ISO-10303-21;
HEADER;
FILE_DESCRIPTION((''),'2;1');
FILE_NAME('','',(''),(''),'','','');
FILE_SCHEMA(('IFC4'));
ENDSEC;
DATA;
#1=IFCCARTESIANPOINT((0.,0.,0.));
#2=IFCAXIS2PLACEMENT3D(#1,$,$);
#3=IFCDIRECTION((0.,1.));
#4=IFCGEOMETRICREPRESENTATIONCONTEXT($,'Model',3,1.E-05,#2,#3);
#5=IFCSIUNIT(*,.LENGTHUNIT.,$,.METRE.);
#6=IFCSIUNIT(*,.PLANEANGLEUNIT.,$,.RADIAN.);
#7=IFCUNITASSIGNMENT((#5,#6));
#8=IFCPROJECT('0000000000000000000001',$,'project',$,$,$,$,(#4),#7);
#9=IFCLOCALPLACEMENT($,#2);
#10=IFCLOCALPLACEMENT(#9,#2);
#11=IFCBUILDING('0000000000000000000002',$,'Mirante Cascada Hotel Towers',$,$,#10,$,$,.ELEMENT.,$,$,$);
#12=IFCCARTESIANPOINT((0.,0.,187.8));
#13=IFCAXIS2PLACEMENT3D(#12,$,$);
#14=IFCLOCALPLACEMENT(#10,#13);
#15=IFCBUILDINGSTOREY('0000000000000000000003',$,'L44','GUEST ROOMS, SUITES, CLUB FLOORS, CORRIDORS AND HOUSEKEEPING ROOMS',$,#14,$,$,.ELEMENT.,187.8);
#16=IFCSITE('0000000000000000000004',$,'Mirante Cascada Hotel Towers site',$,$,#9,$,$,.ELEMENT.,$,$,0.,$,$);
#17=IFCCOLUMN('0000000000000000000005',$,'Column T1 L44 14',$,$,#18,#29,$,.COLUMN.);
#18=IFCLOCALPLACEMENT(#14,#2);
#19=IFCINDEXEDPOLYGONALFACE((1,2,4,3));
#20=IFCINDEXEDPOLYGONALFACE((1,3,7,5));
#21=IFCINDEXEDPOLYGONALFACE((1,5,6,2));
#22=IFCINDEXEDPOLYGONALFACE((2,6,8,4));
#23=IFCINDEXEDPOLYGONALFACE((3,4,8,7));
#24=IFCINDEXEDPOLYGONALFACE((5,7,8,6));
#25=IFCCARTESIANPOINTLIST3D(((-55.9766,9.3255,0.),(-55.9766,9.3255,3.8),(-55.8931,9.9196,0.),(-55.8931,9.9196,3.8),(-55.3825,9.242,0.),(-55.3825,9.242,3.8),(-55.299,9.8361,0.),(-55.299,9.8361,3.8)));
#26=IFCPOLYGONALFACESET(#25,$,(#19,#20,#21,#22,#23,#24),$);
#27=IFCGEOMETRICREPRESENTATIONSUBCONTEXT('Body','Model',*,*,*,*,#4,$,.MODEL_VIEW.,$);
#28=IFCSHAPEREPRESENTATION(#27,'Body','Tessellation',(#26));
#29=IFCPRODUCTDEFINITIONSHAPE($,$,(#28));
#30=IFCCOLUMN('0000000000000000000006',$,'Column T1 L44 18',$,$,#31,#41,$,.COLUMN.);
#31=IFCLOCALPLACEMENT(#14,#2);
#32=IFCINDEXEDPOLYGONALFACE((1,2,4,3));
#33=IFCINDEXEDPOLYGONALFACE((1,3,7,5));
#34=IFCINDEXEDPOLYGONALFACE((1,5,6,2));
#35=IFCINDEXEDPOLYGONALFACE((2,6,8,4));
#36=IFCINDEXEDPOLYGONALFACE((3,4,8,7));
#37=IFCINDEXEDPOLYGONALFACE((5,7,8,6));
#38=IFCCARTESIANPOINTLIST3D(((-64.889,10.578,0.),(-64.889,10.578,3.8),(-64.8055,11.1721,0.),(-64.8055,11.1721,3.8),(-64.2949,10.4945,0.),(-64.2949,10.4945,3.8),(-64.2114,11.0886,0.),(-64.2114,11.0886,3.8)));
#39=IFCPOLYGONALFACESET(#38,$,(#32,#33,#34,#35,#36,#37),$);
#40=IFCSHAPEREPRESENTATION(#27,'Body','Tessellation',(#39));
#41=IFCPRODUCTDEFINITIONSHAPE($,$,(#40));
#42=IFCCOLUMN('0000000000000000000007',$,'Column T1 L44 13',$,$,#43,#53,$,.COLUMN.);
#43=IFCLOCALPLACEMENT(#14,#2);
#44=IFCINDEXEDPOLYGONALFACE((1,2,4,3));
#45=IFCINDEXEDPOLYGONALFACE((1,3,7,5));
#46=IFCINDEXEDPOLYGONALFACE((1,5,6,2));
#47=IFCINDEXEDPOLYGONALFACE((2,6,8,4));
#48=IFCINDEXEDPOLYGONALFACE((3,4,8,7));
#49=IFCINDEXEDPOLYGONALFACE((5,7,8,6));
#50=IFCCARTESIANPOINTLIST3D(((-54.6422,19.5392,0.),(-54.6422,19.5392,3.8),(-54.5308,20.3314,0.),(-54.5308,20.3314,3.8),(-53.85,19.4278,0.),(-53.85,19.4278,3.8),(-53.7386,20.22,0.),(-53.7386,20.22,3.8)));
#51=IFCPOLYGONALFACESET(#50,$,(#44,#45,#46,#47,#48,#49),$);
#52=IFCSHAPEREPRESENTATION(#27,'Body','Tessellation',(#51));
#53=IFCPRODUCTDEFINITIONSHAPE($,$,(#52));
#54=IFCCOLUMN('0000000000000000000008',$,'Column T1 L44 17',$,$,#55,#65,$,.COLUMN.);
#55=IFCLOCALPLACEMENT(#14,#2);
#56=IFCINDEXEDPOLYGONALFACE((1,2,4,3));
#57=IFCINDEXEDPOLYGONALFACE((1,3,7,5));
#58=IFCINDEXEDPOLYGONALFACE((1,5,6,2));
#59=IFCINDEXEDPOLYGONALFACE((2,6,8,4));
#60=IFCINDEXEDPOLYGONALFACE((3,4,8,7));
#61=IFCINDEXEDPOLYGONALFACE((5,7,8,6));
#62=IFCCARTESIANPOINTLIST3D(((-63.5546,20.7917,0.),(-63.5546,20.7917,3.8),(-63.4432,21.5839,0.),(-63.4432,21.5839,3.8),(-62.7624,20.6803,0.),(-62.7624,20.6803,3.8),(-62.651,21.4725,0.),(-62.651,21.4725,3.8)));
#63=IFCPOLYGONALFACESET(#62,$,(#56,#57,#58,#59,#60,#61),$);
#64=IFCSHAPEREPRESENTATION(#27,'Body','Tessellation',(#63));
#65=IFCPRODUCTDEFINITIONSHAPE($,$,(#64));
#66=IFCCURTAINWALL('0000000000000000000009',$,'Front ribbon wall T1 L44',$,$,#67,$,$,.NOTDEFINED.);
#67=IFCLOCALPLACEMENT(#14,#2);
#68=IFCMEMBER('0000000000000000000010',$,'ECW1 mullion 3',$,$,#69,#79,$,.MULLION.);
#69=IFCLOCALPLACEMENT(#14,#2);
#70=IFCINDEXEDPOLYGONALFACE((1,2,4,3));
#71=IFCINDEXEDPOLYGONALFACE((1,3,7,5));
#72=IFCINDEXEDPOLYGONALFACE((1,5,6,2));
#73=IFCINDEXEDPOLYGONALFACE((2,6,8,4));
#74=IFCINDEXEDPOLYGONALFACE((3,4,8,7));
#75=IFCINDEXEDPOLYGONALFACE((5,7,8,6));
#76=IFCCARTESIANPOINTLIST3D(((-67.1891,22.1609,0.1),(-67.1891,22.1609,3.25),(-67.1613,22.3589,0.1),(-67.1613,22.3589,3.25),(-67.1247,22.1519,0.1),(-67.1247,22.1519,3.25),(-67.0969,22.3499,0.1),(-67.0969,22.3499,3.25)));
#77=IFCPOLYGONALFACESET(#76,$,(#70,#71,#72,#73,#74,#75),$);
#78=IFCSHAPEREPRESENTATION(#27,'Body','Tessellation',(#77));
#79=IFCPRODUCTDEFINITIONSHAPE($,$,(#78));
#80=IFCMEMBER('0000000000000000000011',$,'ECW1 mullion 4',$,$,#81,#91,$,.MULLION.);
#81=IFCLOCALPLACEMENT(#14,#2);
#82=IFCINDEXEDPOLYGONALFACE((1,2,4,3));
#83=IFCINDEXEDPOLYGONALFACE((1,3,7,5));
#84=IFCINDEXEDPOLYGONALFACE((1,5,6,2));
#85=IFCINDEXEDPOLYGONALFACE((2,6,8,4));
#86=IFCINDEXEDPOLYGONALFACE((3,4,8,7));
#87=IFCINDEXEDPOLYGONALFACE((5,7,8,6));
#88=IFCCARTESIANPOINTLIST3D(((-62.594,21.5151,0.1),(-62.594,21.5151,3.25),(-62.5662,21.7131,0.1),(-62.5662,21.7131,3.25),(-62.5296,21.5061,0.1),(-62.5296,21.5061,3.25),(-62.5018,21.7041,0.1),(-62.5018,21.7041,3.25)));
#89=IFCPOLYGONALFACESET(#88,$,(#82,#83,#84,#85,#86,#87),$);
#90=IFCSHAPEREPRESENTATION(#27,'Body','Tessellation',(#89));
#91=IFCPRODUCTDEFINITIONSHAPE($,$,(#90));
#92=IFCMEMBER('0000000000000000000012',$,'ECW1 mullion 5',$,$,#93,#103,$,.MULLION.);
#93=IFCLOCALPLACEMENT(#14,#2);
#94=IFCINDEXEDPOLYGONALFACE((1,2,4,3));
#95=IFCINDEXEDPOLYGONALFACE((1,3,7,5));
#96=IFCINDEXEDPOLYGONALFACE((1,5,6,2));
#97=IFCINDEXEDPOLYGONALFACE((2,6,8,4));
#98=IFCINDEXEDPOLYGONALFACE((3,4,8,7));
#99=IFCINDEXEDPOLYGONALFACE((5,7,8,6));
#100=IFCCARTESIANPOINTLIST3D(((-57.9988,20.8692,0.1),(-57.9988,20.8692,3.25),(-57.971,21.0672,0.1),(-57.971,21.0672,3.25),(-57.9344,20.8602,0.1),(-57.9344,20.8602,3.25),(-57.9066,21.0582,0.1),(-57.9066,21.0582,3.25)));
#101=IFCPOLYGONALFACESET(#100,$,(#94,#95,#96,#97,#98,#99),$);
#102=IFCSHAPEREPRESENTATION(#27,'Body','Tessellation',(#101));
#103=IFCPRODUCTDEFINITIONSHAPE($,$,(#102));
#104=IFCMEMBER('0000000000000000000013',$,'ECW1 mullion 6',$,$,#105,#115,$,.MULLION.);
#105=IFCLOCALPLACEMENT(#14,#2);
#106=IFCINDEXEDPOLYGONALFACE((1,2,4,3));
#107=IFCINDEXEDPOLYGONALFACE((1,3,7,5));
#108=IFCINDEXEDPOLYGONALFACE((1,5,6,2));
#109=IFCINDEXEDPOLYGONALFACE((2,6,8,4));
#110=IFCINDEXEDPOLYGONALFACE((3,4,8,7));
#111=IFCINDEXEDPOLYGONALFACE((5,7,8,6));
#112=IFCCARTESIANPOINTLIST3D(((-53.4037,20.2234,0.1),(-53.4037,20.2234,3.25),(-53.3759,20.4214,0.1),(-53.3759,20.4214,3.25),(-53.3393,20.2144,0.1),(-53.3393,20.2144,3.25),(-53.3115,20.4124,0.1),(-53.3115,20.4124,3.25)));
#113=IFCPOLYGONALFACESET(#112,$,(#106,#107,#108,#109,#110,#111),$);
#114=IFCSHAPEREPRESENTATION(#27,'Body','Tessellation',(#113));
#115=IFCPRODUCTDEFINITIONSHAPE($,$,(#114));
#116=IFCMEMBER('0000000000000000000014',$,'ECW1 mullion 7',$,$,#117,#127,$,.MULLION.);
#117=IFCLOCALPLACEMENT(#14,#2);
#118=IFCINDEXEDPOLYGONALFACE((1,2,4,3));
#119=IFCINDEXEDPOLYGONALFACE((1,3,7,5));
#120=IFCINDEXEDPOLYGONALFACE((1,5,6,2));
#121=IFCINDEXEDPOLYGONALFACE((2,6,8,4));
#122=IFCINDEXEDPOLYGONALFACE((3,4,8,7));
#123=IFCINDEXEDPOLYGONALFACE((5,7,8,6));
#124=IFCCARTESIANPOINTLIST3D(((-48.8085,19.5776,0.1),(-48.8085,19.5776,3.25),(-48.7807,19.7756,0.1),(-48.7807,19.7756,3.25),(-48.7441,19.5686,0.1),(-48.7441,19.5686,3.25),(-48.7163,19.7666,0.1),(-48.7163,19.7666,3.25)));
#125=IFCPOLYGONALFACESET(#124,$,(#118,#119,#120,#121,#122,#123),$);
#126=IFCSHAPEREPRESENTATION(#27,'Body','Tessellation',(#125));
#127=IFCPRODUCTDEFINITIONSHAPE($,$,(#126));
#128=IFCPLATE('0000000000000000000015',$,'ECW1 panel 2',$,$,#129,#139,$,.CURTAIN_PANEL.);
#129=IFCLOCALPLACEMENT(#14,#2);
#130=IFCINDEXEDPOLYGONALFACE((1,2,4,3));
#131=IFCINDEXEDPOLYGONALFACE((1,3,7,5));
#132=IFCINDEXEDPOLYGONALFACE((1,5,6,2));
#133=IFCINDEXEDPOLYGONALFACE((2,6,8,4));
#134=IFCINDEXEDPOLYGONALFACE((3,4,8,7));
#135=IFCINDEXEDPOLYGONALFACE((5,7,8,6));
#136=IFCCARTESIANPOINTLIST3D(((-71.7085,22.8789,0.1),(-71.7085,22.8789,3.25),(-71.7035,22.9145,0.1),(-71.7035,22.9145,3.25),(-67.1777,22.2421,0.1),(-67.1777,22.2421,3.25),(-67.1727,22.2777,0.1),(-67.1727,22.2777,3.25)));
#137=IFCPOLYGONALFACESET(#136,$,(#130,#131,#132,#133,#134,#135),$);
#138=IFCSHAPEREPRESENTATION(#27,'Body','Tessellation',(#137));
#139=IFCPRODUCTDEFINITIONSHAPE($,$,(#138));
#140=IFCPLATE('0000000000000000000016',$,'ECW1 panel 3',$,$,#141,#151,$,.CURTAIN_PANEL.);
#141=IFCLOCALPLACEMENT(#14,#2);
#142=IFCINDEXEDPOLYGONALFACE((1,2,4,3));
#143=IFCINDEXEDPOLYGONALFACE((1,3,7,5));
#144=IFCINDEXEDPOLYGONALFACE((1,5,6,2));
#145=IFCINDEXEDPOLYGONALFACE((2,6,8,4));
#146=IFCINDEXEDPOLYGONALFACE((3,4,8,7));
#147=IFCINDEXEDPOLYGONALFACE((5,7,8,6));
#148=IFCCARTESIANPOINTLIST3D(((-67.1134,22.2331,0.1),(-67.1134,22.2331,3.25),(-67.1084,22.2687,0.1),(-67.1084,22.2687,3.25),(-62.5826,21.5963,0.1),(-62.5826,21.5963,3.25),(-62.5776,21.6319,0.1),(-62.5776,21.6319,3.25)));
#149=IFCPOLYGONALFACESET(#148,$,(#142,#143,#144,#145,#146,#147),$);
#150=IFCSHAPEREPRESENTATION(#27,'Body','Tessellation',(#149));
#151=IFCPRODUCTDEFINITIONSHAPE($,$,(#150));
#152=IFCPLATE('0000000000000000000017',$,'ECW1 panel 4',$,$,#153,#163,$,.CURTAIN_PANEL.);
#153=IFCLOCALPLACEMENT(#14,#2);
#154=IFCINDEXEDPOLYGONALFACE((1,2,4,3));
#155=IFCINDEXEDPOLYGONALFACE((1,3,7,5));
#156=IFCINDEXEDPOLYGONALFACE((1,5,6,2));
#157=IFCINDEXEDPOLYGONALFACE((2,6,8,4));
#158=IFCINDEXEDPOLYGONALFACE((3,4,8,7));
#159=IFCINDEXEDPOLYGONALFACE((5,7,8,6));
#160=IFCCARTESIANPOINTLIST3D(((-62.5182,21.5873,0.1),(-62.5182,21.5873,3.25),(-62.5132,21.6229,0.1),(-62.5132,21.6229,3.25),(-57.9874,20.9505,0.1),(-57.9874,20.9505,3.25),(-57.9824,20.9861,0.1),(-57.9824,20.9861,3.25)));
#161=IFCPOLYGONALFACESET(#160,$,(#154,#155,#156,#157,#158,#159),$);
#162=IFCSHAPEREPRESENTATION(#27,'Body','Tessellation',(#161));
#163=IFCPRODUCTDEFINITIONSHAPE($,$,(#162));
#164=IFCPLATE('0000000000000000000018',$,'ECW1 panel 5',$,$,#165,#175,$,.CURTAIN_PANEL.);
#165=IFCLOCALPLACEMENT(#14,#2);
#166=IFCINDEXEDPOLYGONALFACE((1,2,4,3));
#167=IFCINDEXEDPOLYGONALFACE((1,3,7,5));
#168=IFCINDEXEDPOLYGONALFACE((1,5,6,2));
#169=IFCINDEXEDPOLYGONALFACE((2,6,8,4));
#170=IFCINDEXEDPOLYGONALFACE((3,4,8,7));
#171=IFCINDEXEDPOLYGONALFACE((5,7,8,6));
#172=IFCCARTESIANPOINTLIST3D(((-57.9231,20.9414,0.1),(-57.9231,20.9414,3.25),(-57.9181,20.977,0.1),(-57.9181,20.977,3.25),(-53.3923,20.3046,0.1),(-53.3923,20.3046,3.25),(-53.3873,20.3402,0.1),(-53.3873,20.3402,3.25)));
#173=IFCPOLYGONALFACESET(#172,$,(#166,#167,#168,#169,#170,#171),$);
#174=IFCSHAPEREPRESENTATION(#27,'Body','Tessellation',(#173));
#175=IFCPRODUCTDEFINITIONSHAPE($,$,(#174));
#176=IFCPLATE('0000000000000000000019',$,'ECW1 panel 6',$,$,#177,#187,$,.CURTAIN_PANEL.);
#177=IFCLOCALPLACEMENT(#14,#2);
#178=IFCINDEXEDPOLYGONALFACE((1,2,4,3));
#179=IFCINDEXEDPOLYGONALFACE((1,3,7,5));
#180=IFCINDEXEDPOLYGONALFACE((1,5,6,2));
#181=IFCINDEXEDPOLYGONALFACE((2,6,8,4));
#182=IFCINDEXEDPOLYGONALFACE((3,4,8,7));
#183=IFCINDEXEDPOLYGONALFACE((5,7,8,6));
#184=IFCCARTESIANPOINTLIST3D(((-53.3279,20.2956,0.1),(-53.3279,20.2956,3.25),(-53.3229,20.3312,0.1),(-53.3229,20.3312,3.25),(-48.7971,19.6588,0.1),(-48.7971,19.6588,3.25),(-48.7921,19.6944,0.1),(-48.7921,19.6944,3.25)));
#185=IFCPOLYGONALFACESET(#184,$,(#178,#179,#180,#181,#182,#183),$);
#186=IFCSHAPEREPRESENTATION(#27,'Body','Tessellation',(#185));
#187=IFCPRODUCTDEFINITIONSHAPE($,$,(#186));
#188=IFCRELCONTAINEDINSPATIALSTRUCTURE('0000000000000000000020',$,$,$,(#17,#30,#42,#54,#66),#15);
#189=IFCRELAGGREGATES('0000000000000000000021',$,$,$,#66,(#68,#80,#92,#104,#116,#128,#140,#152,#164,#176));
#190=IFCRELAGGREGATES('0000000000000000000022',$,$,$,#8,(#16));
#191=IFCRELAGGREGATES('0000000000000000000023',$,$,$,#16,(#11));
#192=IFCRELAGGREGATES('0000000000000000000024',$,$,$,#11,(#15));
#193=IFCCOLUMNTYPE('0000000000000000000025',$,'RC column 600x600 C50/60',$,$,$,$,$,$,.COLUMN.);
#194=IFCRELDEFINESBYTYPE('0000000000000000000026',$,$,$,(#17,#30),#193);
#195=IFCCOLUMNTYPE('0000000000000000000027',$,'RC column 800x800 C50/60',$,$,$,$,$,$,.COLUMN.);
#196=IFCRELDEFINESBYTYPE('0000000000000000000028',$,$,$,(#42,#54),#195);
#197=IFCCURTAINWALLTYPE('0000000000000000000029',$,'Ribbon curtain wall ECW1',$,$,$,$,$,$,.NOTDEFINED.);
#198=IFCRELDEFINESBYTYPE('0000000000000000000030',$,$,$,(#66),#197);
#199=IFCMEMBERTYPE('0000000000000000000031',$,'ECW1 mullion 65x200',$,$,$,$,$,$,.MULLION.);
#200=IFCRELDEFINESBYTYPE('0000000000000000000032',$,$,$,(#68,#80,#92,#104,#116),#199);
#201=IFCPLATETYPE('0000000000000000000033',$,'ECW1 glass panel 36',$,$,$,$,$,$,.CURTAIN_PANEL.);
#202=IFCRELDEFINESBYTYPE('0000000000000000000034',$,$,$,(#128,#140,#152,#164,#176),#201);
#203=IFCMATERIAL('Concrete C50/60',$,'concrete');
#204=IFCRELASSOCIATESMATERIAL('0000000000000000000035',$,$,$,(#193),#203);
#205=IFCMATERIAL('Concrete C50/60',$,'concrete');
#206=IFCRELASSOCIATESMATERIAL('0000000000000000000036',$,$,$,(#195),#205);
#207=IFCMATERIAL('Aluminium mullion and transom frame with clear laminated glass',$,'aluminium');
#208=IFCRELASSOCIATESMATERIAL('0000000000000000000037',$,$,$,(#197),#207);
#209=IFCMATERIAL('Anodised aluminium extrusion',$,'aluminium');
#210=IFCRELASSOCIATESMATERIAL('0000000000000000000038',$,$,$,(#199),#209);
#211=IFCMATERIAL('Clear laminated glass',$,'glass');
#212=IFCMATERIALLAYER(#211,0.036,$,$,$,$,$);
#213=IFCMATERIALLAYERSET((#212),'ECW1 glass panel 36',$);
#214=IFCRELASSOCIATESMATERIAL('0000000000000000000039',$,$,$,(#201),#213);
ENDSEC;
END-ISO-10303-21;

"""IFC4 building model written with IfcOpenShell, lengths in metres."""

from ifc_helpers import new_model, si_unit, direction, frame, origin, origin_2d, place, context, subcontext, project, spatial, rectangle, extrude, material, layer, layer_set, material_profile, profile_set, type_object, element, aggregate, save


model = new_model("IFC4")

# Units and contexts
model_context = context("Model", 3, precision=1e-05, world=origin(), true_north=direction((0.0, 1.0)))
body_context = subcontext(model_context, "Body", "Model", "MODEL_VIEW")
ifc_project = project(units=[si_unit("LENGTHUNIT", "METRE"), si_unit("PLANEANGLEUNIT", "RADIAN")], contexts=[model_context])

# Site, building, storey
site_placement = place(None, origin())
site = spatial("IfcSite", under=ifc_project, at=site_placement, Name="Mirante Cascada Hotel Towers site", CompositionType="ELEMENT", RefElevation=0.0)
building_placement = place(site_placement, origin())
building = spatial("IfcBuilding", under=site, at=building_placement, Name="Mirante Cascada Hotel Towers", CompositionType="ELEMENT")
storey_placement = place(building_placement, frame((0.0, 0.0, 187.8)))
storey = spatial("IfcBuildingStorey", under=building, at=storey_placement, Name="L44", Description="GUEST ROOMS, SUITES, CLUB FLOORS, CORRIDORS AND HOUSEKEEPING ROOMS", CompositionType="ELEMENT", Elevation=187.8)

# Columns
ifc_material_1 = material(Name="Concrete C50/60", Category="concrete")
ifc_material_profile_1 = material_profile(ifc_material_1, rectangle(XDim=0.6, YDim=0.6, at=origin_2d()), Name="RC column 600x600 C50/60")
ifc_profile_set_1 = profile_set([ifc_material_profile_1], Name="Concrete C50/60")
column_type_1 = type_object("IfcColumnType", Name="RC column 600x600 C50/60", PredefinedType="COLUMN", material=ifc_profile_set_1)
for number, where, z_axis, x_axis, name in (
    (1, (-55.6378, 9.5808, 0.0), (0.0, 0.0, 1.0), (-0.990268, 0.139173, 0.0), "Column T1 L44 14"),
    (2, (-64.5502, 10.8333, 0.0), (0.0, 0.0, 1.0), (-0.990268, 0.139173, 0.0), "Column T1 L44 18"),
):
    element("IfcColumn", number, at=place(storey_placement, frame(where, z_axis=z_axis, x_axis=x_axis)), inside=storey, type_object=column_type_1, Name=name, PredefinedType="COLUMN", context=body_context, shape_type="SweptSolid", body=[
        extrude(rectangle(XDim=0.6, YDim=0.6, at=origin_2d()), origin(), (0.0, 0.0, 1.0), 3.8),
    ])
ifc_material_2 = material(Name="Concrete C50/60", Category="concrete")
ifc_material_profile_2 = material_profile(ifc_material_2, rectangle(XDim=0.8, YDim=0.8, at=origin_2d()), Name="RC column 800x800 C50/60")
ifc_profile_set_2 = profile_set([ifc_material_profile_2], Name="Concrete C50/60")
column_type_2 = type_object("IfcColumnType", Name="RC column 800x800 C50/60", PredefinedType="COLUMN", material=ifc_profile_set_2)
for number, where, z_axis, x_axis, name in (
    (3, (-54.1904, 19.8796, 0.0), (0.0, 0.0, 1.0), (-0.990268, 0.139173, 0.0), "Column T1 L44 13"),
    (4, (-63.1028, 21.1321, 0.0), (0.0, 0.0, 1.0), (-0.990268, 0.139173, 0.0), "Column T1 L44 17"),
):
    element("IfcColumn", number, at=place(storey_placement, frame(where, z_axis=z_axis, x_axis=x_axis)), inside=storey, type_object=column_type_2, Name=name, PredefinedType="COLUMN", context=body_context, shape_type="SweptSolid", body=[
        extrude(rectangle(XDim=0.8, YDim=0.8, at=origin_2d()), origin(), (0.0, 0.0, 1.0), 3.8),
    ])

# Curtain wall, members, plates
ifc_material_3 = material(Name="Aluminium mullion and transom frame with clear laminated glass", Category="aluminium")
curtain_wall_type = type_object("IfcCurtainWallType", Name="Ribbon curtain wall ECW1", PredefinedType="NOTDEFINED", material=ifc_material_3)
curtain_wall_placement = place(storey_placement, origin())
curtain_wall = element("IfcCurtainWall", 5, at=curtain_wall_placement, inside=storey, type_object=curtain_wall_type, Name="Front ribbon wall T1 L44", PredefinedType="NOTDEFINED")
ifc_material_4 = material(Name="Anodised aluminium extrusion", Category="aluminium")
ifc_material_profile_3 = material_profile(ifc_material_4, rectangle(XDim=0.2, YDim=0.065, at=origin_2d()), Name="ECW1 MULLION 65x200")
ifc_profile_set_3 = profile_set([ifc_material_profile_3], Name="Anodised aluminium extrusion")
member_type = type_object("IfcMemberType", Name="ECW1 mullion 65x200", PredefinedType="MULLION", material=ifc_profile_set_3)
member_1_placement = place(storey_placement, frame((-67.143, 22.2554, 0.1), z_axis=(0.0, 0.0, 1.0), x_axis=(0.139173, 0.990268, 0.0)))
member_1 = element("IfcMember", 6, at=member_1_placement, type_object=member_type, Name="ECW1 mullion 3", PredefinedType="MULLION", context=body_context, shape_type="SweptSolid", body=[
    extrude(rectangle(XDim=0.2, YDim=0.065, at=origin_2d()), origin(), (0.0, 0.0, 1.0), 3.15),
])
member_2_placement = place(storey_placement, frame((-62.5479, 21.6096, 0.1), z_axis=(0.0, 0.0, 1.0), x_axis=(0.139173, 0.990268, 0.0)))
member_2 = element("IfcMember", 7, at=member_2_placement, type_object=member_type, Name="ECW1 mullion 4", PredefinedType="MULLION", context=body_context, shape_type="SweptSolid", body=[
    extrude(rectangle(XDim=0.2, YDim=0.065, at=origin_2d()), origin(), (0.0, 0.0, 1.0), 3.15),
])
member_3_placement = place(storey_placement, frame((-57.9527, 20.9637, 0.1), z_axis=(0.0, 0.0, 1.0), x_axis=(0.139173, 0.990268, 0.0)))
member_3 = element("IfcMember", 8, at=member_3_placement, type_object=member_type, Name="ECW1 mullion 5", PredefinedType="MULLION", context=body_context, shape_type="SweptSolid", body=[
    extrude(rectangle(XDim=0.2, YDim=0.065, at=origin_2d()), origin(), (0.0, 0.0, 1.0), 3.15),
])
member_4_placement = place(storey_placement, frame((-53.3576, 20.3179, 0.1), z_axis=(0.0, 0.0, 1.0), x_axis=(0.139173, 0.990268, 0.0)))
member_4 = element("IfcMember", 9, at=member_4_placement, type_object=member_type, Name="ECW1 mullion 6", PredefinedType="MULLION", context=body_context, shape_type="SweptSolid", body=[
    extrude(rectangle(XDim=0.2, YDim=0.065, at=origin_2d()), origin(), (0.0, 0.0, 1.0), 3.15),
])
member_5_placement = place(storey_placement, frame((-48.7624, 19.6721, 0.1), z_axis=(0.0, 0.0, 1.0), x_axis=(0.139173, 0.990268, 0.0)))
member_5 = element("IfcMember", 10, at=member_5_placement, type_object=member_type, Name="ECW1 mullion 7", PredefinedType="MULLION", context=body_context, shape_type="SweptSolid", body=[
    extrude(rectangle(XDim=0.2, YDim=0.065, at=origin_2d()), origin(), (0.0, 0.0, 1.0), 3.15),
])
ifc_material_5 = material(Name="Clear laminated glass", Category="glass")
ifc_layer_1 = layer(ifc_material_5, 0.036)
ifc_layer_set_1 = layer_set([ifc_layer_1], Name="ECW1 glass panel 36")
plate_type = type_object("IfcPlateType", Name="ECW1 glass panel 36", PredefinedType="CURTAIN_PANEL", material=ifc_layer_set_1)
plate_1_placement = place(storey_placement, frame((-69.4406, 22.5783, 0.1), z_axis=(0.0, 0.0, 1.0), x_axis=(0.990268, -0.139173, 0.0)))
plate_1 = element("IfcPlate", 11, at=plate_1_placement, type_object=plate_type, Name="ECW1 panel 2", PredefinedType="CURTAIN_PANEL", context=body_context, shape_type="SweptSolid", body=[
    extrude(rectangle(XDim=4.5753, YDim=0.036, at=origin_2d()), origin(), (0.0, 0.0, 1.0), 3.15),
])
plate_2_placement = place(storey_placement, frame((-64.8455, 21.9325, 0.1), z_axis=(0.0, 0.0, 1.0), x_axis=(0.990268, -0.139173, 0.0)))
plate_2 = element("IfcPlate", 12, at=plate_2_placement, type_object=plate_type, Name="ECW1 panel 3", PredefinedType="CURTAIN_PANEL", context=body_context, shape_type="SweptSolid", body=[
    extrude(rectangle(XDim=4.5753, YDim=0.036, at=origin_2d()), origin(), (0.0, 0.0, 1.0), 3.15),
])
plate_3_placement = place(storey_placement, frame((-60.2503, 21.2867, 0.1), z_axis=(0.0, 0.0, 1.0), x_axis=(0.990268, -0.139173, 0.0)))
plate_3 = element("IfcPlate", 13, at=plate_3_placement, type_object=plate_type, Name="ECW1 panel 4", PredefinedType="CURTAIN_PANEL", context=body_context, shape_type="SweptSolid", body=[
    extrude(rectangle(XDim=4.5753, YDim=0.036, at=origin_2d()), origin(), (0.0, 0.0, 1.0), 3.15),
])
plate_4_placement = place(storey_placement, frame((-55.6552, 20.6408, 0.1), z_axis=(0.0, 0.0, 1.0), x_axis=(0.990268, -0.139173, 0.0)))
plate_4 = element("IfcPlate", 14, at=plate_4_placement, type_object=plate_type, Name="ECW1 panel 5", PredefinedType="CURTAIN_PANEL", context=body_context, shape_type="SweptSolid", body=[
    extrude(rectangle(XDim=4.5753, YDim=0.036, at=origin_2d()), origin(), (0.0, 0.0, 1.0), 3.15),
])
plate_5_placement = place(storey_placement, frame((-51.06, 19.995, 0.1), z_axis=(0.0, 0.0, 1.0), x_axis=(0.990268, -0.139173, 0.0)))
plate_5 = element("IfcPlate", 15, at=plate_5_placement, type_object=plate_type, Name="ECW1 panel 6", PredefinedType="CURTAIN_PANEL", context=body_context, shape_type="SweptSolid", body=[
    extrude(rectangle(XDim=4.5753, YDim=0.036, at=origin_2d()), origin(), (0.0, 0.0, 1.0), 3.15),
])
aggregate(curtain_wall, [member_1, member_2, member_3, member_4, member_5, plate_1, plate_2, plate_3, plate_4, plate_5])

save(model, "model.ifc")
